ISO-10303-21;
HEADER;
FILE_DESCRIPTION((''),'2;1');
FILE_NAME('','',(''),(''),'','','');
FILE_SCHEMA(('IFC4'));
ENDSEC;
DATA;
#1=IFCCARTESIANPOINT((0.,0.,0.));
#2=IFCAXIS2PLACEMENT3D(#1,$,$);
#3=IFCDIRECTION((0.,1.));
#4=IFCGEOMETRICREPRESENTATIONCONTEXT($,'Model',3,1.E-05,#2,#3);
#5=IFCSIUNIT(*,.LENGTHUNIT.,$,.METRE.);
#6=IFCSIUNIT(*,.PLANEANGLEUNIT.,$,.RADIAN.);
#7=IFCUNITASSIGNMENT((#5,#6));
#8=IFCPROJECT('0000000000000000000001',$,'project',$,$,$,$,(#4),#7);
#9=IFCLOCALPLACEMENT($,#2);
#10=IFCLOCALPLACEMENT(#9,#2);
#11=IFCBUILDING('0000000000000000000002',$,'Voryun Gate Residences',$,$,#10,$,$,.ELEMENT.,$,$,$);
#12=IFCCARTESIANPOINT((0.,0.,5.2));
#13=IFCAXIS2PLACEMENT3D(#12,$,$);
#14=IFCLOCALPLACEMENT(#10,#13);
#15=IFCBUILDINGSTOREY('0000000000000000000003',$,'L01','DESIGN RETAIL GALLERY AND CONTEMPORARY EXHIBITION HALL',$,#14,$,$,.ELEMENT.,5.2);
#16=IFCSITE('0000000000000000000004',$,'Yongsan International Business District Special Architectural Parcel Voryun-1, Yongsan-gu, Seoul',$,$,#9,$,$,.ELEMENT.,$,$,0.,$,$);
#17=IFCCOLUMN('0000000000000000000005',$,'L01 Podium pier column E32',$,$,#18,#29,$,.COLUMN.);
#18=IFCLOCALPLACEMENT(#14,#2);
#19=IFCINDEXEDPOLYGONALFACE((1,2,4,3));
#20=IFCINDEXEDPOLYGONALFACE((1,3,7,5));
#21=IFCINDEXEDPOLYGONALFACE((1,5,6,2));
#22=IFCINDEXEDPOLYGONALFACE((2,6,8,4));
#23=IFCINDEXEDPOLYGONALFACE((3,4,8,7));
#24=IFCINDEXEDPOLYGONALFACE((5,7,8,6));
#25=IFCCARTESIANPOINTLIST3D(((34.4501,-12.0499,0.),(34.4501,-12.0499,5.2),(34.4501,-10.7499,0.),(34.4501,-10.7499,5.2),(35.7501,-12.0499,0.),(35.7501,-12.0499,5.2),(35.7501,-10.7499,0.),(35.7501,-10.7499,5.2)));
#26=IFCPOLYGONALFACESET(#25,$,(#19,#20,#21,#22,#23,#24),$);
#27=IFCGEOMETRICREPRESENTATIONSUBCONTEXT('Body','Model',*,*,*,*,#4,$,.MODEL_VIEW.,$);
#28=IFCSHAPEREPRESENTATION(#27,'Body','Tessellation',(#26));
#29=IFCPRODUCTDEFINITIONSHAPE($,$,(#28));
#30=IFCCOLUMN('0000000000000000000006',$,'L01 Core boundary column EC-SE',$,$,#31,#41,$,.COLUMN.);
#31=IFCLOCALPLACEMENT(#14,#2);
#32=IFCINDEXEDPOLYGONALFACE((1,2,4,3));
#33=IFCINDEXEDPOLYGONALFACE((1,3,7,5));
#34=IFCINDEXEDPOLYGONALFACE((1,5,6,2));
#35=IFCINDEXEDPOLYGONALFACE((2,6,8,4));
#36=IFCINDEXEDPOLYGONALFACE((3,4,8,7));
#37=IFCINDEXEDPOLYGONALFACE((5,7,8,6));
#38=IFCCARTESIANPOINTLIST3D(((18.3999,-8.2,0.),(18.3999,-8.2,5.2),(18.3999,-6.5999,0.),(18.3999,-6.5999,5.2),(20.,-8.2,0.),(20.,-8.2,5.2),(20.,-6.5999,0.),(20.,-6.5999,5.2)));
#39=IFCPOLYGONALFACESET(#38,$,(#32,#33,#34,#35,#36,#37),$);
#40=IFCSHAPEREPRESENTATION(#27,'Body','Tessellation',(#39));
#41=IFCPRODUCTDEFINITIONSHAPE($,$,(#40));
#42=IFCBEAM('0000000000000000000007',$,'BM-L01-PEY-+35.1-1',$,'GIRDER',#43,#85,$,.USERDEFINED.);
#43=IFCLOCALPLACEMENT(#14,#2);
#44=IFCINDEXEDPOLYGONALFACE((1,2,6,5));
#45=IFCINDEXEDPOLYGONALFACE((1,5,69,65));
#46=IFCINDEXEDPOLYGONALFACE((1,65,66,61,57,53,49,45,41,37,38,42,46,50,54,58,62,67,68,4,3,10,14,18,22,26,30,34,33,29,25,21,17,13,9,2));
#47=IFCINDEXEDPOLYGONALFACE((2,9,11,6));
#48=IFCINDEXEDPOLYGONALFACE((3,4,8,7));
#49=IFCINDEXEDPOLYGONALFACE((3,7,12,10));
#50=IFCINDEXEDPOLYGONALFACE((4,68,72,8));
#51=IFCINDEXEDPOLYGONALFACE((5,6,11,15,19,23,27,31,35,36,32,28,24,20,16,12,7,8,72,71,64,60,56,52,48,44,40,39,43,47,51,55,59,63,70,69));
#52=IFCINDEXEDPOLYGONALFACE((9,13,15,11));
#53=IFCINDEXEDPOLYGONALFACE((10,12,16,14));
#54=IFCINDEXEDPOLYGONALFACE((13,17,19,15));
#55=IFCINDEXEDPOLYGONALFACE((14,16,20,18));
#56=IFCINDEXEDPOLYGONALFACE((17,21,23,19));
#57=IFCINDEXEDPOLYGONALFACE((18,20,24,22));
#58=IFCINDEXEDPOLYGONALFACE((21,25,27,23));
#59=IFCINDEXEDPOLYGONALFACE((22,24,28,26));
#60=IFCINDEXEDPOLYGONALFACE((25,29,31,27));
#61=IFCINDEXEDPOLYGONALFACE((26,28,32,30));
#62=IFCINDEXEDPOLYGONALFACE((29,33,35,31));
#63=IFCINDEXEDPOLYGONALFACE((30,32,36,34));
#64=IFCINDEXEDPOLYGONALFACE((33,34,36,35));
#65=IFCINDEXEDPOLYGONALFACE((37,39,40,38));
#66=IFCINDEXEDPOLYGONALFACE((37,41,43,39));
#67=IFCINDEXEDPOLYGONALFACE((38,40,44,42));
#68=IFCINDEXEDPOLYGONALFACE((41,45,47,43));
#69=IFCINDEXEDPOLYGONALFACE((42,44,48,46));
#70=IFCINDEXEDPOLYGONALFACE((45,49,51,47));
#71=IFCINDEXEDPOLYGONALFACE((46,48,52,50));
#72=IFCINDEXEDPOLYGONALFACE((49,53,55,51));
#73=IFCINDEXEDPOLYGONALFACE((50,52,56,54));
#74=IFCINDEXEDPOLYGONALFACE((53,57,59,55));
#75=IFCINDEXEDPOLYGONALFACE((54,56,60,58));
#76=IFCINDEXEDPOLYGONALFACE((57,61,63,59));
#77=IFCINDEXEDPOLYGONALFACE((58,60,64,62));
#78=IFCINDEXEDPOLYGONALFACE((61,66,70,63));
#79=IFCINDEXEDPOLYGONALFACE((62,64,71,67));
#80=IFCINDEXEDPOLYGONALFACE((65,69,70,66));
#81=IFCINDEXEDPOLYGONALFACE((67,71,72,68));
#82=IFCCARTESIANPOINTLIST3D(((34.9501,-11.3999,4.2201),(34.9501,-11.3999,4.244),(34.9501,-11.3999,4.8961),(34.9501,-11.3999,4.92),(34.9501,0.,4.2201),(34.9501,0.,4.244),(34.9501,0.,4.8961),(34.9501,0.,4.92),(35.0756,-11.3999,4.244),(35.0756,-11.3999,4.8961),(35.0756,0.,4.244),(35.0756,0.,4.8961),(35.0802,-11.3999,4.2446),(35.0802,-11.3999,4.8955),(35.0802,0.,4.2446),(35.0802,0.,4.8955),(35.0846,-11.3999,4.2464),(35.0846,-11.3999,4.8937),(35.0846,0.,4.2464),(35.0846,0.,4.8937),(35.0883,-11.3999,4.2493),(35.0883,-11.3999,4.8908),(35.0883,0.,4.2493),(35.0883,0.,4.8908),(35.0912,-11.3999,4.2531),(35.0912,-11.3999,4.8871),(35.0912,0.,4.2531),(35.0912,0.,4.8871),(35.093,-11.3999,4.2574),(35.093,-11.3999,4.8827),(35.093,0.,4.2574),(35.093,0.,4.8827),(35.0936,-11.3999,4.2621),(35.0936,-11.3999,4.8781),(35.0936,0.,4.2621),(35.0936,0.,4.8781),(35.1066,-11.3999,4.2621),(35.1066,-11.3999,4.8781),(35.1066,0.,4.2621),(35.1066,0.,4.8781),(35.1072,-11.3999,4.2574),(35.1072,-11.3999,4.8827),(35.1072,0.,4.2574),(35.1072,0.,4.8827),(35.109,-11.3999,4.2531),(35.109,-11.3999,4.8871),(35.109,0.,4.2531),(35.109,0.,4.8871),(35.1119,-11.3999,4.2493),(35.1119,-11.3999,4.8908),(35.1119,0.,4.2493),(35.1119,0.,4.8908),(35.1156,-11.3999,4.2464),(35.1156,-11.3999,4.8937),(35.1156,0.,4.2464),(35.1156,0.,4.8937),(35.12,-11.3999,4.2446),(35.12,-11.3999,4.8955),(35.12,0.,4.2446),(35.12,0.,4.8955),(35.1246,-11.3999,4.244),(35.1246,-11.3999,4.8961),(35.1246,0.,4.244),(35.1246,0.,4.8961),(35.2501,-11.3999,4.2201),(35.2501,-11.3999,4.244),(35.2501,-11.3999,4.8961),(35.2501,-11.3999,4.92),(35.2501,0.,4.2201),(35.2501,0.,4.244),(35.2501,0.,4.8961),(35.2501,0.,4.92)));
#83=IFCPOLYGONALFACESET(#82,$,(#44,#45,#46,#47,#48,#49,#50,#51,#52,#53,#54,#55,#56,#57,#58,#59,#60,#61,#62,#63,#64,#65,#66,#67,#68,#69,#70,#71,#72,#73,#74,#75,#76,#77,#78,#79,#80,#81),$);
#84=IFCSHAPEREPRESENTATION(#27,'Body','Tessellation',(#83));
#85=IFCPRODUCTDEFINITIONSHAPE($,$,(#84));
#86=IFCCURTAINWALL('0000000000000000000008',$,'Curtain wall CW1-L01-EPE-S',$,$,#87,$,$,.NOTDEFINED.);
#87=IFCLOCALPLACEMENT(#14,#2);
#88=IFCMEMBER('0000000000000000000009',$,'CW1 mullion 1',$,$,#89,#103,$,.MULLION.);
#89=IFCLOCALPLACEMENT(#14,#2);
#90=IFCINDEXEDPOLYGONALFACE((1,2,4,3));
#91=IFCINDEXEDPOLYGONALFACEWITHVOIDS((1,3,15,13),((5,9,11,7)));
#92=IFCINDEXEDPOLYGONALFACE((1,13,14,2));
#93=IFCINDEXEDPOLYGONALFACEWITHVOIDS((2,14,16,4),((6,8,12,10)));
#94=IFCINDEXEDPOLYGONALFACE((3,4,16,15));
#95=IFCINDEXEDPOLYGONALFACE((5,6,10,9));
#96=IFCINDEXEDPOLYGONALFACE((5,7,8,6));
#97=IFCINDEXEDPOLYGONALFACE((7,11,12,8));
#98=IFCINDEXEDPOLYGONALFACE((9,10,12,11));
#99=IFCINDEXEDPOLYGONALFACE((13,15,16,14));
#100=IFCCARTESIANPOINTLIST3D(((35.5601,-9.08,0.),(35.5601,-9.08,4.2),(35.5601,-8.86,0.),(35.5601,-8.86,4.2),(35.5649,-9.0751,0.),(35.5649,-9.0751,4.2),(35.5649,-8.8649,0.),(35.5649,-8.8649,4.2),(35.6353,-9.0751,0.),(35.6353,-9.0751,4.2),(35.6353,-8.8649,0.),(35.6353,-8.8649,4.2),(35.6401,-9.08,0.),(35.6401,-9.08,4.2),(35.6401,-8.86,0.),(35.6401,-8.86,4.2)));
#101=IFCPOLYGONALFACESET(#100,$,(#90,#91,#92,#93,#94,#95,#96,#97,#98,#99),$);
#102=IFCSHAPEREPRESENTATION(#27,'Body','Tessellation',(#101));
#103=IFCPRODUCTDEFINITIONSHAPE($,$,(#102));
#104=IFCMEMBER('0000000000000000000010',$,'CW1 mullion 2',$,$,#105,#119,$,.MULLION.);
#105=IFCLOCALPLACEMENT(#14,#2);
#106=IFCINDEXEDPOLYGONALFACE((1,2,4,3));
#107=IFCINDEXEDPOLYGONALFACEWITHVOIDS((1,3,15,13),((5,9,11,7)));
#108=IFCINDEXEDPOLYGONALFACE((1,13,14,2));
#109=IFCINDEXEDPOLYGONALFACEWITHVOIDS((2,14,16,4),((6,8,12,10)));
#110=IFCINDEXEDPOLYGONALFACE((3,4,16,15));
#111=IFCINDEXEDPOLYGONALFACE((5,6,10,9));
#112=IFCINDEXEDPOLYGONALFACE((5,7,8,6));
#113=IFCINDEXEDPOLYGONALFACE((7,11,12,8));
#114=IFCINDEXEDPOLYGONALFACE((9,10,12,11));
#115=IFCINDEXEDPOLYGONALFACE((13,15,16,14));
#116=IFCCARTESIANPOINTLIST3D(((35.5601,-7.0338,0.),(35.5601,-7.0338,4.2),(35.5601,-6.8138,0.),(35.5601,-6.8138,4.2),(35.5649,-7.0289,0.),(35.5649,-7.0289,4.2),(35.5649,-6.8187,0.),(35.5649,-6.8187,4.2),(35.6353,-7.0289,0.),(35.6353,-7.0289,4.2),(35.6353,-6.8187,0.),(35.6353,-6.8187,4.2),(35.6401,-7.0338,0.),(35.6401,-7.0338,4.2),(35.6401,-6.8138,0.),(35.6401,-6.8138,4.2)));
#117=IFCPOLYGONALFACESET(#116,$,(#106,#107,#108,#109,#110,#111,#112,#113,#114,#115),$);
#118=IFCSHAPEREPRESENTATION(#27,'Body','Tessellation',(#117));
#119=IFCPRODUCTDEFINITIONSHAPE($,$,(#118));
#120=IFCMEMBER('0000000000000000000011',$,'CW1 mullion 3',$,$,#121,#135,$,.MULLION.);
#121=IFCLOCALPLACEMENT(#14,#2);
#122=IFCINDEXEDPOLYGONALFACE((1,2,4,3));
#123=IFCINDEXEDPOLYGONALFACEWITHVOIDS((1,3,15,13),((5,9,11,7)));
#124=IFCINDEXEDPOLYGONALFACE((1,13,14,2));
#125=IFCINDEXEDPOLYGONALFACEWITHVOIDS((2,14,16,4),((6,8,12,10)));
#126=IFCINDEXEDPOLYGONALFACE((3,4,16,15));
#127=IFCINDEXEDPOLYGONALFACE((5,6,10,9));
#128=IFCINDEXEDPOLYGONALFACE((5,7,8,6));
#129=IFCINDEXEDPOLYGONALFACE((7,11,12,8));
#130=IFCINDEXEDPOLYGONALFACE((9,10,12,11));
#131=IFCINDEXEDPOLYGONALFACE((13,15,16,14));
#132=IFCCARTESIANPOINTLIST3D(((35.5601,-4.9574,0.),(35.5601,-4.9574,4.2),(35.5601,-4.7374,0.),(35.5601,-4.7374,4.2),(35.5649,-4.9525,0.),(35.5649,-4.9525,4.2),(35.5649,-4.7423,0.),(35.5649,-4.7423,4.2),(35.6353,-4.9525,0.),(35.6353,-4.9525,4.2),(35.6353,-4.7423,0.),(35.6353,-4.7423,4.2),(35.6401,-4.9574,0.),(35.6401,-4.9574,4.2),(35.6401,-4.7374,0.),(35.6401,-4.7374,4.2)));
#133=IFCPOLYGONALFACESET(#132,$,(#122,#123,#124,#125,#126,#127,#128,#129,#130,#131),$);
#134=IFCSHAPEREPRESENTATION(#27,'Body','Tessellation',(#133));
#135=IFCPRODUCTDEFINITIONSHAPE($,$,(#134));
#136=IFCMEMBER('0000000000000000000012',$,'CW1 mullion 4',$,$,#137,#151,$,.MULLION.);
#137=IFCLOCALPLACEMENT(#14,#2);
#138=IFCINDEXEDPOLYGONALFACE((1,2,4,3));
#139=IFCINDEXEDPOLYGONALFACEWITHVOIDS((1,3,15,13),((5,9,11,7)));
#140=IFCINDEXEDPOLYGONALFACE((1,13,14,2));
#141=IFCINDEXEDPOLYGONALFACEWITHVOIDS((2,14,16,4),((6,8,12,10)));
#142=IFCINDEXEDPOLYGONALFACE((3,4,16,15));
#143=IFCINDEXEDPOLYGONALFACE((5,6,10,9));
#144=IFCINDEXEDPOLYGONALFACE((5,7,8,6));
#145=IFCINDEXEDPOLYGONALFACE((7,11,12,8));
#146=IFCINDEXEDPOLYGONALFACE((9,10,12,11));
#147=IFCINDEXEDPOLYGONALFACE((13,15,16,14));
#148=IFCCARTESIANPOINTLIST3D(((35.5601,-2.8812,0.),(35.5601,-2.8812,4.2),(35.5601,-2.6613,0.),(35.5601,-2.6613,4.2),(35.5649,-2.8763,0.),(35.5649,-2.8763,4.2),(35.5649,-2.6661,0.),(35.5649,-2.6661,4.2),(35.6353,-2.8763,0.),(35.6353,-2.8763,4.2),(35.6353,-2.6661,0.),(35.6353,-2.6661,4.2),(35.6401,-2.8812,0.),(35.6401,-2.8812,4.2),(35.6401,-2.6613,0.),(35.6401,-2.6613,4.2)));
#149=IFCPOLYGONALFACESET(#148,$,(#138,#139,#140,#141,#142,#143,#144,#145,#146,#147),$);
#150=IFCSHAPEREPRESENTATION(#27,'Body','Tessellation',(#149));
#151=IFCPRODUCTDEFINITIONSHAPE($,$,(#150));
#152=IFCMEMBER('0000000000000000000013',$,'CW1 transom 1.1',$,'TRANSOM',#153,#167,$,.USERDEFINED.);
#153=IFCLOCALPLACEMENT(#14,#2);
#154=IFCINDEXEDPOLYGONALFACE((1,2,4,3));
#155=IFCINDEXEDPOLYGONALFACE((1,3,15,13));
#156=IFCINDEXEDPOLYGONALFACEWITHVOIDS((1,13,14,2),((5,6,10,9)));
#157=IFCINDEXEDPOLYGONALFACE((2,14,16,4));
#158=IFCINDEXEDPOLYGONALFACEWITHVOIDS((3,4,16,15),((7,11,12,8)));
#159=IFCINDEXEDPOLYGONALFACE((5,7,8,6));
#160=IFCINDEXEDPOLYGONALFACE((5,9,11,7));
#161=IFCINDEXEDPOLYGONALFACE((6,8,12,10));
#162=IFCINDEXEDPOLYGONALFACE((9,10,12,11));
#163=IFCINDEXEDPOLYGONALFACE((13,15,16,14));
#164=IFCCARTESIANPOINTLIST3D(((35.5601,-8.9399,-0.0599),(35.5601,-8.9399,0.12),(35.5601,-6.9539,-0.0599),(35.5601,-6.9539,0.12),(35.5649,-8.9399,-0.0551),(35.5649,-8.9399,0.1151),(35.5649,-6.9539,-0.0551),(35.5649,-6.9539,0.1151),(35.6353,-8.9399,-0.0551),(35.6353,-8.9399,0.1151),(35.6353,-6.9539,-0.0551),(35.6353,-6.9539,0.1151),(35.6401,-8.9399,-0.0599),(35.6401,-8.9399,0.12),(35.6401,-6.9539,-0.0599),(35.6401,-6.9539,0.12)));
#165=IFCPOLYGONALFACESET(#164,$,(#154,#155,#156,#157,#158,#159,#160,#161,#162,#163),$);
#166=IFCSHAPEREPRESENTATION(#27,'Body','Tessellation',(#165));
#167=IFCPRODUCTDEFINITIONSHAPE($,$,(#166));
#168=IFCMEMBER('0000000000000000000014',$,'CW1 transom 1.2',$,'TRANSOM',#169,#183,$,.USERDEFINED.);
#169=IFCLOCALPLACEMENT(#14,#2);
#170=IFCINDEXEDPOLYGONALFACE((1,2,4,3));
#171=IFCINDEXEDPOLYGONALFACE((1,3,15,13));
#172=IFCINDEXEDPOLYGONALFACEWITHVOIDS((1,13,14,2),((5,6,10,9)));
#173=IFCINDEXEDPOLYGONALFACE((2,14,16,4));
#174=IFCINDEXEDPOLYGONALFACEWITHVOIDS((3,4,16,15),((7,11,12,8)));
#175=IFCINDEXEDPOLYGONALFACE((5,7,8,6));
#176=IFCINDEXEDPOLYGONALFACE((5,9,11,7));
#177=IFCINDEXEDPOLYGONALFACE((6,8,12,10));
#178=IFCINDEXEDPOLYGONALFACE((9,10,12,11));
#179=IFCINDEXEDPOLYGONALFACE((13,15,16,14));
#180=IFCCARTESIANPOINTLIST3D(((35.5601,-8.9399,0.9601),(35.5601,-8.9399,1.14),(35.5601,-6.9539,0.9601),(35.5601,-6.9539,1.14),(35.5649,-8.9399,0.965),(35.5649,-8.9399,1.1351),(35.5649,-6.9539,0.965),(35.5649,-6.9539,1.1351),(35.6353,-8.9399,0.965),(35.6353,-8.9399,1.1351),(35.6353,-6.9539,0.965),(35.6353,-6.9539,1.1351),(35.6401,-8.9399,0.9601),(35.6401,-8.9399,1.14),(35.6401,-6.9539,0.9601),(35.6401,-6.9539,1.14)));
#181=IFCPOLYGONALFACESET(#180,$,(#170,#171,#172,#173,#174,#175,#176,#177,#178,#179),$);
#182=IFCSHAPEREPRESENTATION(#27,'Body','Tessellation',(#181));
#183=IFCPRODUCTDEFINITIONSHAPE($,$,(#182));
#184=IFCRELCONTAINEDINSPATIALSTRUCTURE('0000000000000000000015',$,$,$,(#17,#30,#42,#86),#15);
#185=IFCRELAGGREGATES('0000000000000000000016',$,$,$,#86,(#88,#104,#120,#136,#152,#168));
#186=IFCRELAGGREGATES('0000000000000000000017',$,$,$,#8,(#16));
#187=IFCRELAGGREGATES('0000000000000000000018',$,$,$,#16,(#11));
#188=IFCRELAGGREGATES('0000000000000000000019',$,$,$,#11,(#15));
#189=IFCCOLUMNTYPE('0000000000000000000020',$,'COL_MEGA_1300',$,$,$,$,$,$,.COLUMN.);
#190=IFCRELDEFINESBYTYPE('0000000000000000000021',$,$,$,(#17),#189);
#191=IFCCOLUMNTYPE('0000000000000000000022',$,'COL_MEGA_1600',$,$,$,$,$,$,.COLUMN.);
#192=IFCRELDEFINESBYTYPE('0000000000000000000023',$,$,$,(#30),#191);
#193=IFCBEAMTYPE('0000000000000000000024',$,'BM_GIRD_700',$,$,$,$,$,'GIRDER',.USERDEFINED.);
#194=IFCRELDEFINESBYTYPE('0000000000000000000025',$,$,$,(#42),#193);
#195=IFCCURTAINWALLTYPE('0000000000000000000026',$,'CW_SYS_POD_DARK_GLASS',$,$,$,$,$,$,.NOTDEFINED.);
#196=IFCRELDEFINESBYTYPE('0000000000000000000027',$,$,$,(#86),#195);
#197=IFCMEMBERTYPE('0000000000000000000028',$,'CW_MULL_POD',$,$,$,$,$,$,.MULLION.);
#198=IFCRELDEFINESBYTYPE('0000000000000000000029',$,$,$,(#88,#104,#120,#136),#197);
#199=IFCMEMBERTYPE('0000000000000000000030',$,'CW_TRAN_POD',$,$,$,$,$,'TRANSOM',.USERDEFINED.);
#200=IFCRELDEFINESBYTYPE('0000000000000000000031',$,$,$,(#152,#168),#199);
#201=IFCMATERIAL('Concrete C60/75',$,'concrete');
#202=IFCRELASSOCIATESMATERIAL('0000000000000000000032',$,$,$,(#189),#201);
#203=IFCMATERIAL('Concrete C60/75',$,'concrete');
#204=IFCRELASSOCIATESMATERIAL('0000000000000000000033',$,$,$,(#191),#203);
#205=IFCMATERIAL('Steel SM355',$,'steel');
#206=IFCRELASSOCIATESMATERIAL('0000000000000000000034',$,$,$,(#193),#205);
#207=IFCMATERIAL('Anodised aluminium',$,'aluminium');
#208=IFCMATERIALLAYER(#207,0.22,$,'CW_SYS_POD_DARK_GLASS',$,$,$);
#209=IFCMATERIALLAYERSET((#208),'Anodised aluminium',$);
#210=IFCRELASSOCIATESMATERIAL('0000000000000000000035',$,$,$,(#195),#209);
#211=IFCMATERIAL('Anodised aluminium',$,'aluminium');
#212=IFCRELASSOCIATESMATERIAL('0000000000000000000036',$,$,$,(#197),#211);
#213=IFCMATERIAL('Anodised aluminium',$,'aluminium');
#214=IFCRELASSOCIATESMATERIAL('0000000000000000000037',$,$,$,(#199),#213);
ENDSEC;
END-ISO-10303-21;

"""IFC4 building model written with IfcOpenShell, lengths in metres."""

from ifc_helpers import new_model, si_unit, direction, frame, origin, origin_2d, place, context, subcontext, project, spatial, rectangle, hollow_rectangle, i_section, extrude, material, layer, layer_set, material_profile, profile_set, type_object, element, aggregate, save


model = new_model("IFC4")

# Units and contexts
model_context = context("Model", 3, precision=1e-05, world=origin(), true_north=direction((0.0, 1.0)))
body_context = subcontext(model_context, "Body", "Model", "MODEL_VIEW")
ifc_project = project(units=[si_unit("LENGTHUNIT", "METRE"), si_unit("PLANEANGLEUNIT", "RADIAN")], contexts=[model_context])

# Site, building, storey
site_placement = place(None, origin())
site = spatial("IfcSite", under=ifc_project, at=site_placement, Name="Yongsan International Business District Special Architectural Parcel Voryun-1, Yongsan-gu, Seoul", CompositionType="ELEMENT", RefElevation=0.0)
building_placement = place(site_placement, origin())
building = spatial("IfcBuilding", under=site, at=building_placement, Name="Voryun Gate Residences", CompositionType="ELEMENT")
storey_placement = place(building_placement, frame((0.0, 0.0, 5.2)))
storey = spatial("IfcBuildingStorey", under=building, at=storey_placement, Name="L01", Description="DESIGN RETAIL GALLERY AND CONTEMPORARY EXHIBITION HALL", CompositionType="ELEMENT", Elevation=5.2)

# Columns
ifc_material_1 = material(Name="Concrete C60/75", Category="concrete")
ifc_material_profile_1 = material_profile(ifc_material_1, rectangle(XDim=1.3, YDim=1.3, at=origin_2d()), Name="RC-1300x1300")
ifc_profile_set_1 = profile_set([ifc_material_profile_1], Name="Concrete C60/75")
column_type_1 = type_object("IfcColumnType", Name="COL_MEGA_1300", PredefinedType="COLUMN", material=ifc_profile_set_1)
column_1_placement = place(storey_placement, frame((35.1001, -11.3999, 0.0), z_axis=(0.0, 0.0, 1.0), x_axis=(1.0, 0.0, 0.0)))
element("IfcColumn", 1, at=column_1_placement, inside=storey, type_object=column_type_1, Name="L01 Podium pier column E32", PredefinedType="COLUMN", context=body_context, shape_type="SweptSolid", body=[
    extrude(rectangle(XDim=1.3, YDim=1.3, at=origin_2d()), origin(), (0.0, 0.0, 1.0), 5.2),
])
ifc_material_2 = material(Name="Concrete C60/75", Category="concrete")
ifc_material_profile_2 = material_profile(ifc_material_2, rectangle(XDim=1.6001, YDim=1.6001, at=origin_2d()), Name="RC-1600x1600")
ifc_profile_set_2 = profile_set([ifc_material_profile_2], Name="Concrete C60/75")
column_type_2 = type_object("IfcColumnType", Name="COL_MEGA_1600", PredefinedType="COLUMN", material=ifc_profile_set_2)
column_2_placement = place(storey_placement, frame((19.2, -7.3999, 0.0), z_axis=(0.0, 0.0, 1.0), x_axis=(1.0, 0.0, 0.0)))
element("IfcColumn", 2, at=column_2_placement, inside=storey, type_object=column_type_2, Name="L01 Core boundary column EC-SE", PredefinedType="COLUMN", context=body_context, shape_type="SweptSolid", body=[
    extrude(rectangle(XDim=1.6001, YDim=1.6001, at=origin_2d()), origin(), (0.0, 0.0, 1.0), 5.2),
])

# Beam
ifc_material_3 = material(Name="Steel SM355", Category="steel")
ifc_material_profile_3 = material_profile(ifc_material_3, i_section(OverallWidth=0.3, OverallDepth=0.7, WebThickness=0.0129, FlangeThickness=0.0239, FilletRadius=0.0181, at=origin_2d()), Name="H-700x300x13x24")
ifc_profile_set_3 = profile_set([ifc_material_profile_3], Name="Steel SM355")
beam_type = type_object("IfcBeamType", Name="BM_GIRD_700", ElementType="GIRDER", PredefinedType="USERDEFINED", material=ifc_profile_set_3)
beam_placement = place(storey_placement, frame((35.1001, -11.3999, 4.5701), z_axis=(0.0, 1.0, 0.0), x_axis=(-1.0, 0.0, 0.0)))
element("IfcBeam", 3, at=beam_placement, inside=storey, type_object=beam_type, Name="BM-L01-PEY-+35.1-1", ObjectType="GIRDER", PredefinedType="USERDEFINED", context=body_context, shape_type="SweptSolid", body=[
    extrude(i_section(OverallWidth=0.3, OverallDepth=0.7, WebThickness=0.0129, FlangeThickness=0.0239, FilletRadius=0.0181, at=origin_2d()), origin(), (0.0, 0.0, 1.0), 11.3999),
])

# Curtain wall, members
ifc_material_4 = material(Name="Anodised aluminium", Category="aluminium")
ifc_layer_1 = layer(ifc_material_4, 0.22, Name="CW_SYS_POD_DARK_GLASS")
ifc_layer_set_1 = layer_set([ifc_layer_1], Name="Anodised aluminium")
curtain_wall_type = type_object("IfcCurtainWallType", Name="CW_SYS_POD_DARK_GLASS", PredefinedType="NOTDEFINED", material=ifc_layer_set_1)
curtain_wall_placement = place(storey_placement, origin())
curtain_wall = element("IfcCurtainWall", 4, at=curtain_wall_placement, inside=storey, type_object=curtain_wall_type, Name="Curtain wall CW1-L01-EPE-S", PredefinedType="NOTDEFINED")
ifc_material_5 = material(Name="Anodised aluminium", Category="aluminium")
ifc_material_profile_4 = material_profile(ifc_material_5, hollow_rectangle(XDim=0.0801, YDim=0.22, WallThickness=0.0049, at=origin_2d()), Name="ALU-MULL-220x80x5")
ifc_profile_set_4 = profile_set([ifc_material_profile_4], Name="Anodised aluminium")
member_type_1 = type_object("IfcMemberType", Name="CW_MULL_POD", PredefinedType="MULLION", material=ifc_profile_set_4)
member_1_placement = place(storey_placement, frame((35.6001, -8.97, 0.0), z_axis=(0.0, 0.0, 1.0), x_axis=(-1.0, 0.0, 0.0)))
member_1 = element("IfcMember", 5, at=member_1_placement, type_object=member_type_1, Name="CW1 mullion 1", PredefinedType="MULLION", context=body_context, shape_type="SweptSolid", body=[
    extrude(hollow_rectangle(XDim=0.0801, YDim=0.22, WallThickness=0.0049, at=origin_2d()), origin(), (0.0, 0.0, 1.0), 4.2),
])
member_2_placement = place(storey_placement, frame((35.6001, -6.9238, 0.0), z_axis=(0.0, 0.0, 1.0), x_axis=(-1.0, 0.0, 0.0)))
member_2 = element("IfcMember", 6, at=member_2_placement, type_object=member_type_1, Name="CW1 mullion 2", PredefinedType="MULLION", context=body_context, shape_type="SweptSolid", body=[
    extrude(hollow_rectangle(XDim=0.0801, YDim=0.22, WallThickness=0.0049, at=origin_2d()), origin(), (0.0, 0.0, 1.0), 4.2),
])
member_3_placement = place(storey_placement, frame((35.6001, -4.8474, 0.0), z_axis=(0.0, 0.0, 1.0), x_axis=(-1.0, 0.0, 0.0)))
member_3 = element("IfcMember", 7, at=member_3_placement, type_object=member_type_1, Name="CW1 mullion 3", PredefinedType="MULLION", context=body_context, shape_type="SweptSolid", body=[
    extrude(hollow_rectangle(XDim=0.0801, YDim=0.22, WallThickness=0.0049, at=origin_2d()), origin(), (0.0, 0.0, 1.0), 4.2),
])
member_4_placement = place(storey_placement, frame((35.6001, -2.7712, 0.0), z_axis=(0.0, 0.0, 1.0), x_axis=(-1.0, 0.0, 0.0)))
member_4 = element("IfcMember", 8, at=member_4_placement, type_object=member_type_1, Name="CW1 mullion 4", PredefinedType="MULLION", context=body_context, shape_type="SweptSolid", body=[
    extrude(hollow_rectangle(XDim=0.0801, YDim=0.22, WallThickness=0.0049, at=origin_2d()), origin(), (0.0, 0.0, 1.0), 4.2),
])
ifc_material_6 = material(Name="Anodised aluminium", Category="aluminium")
ifc_material_profile_5 = material_profile(ifc_material_6, hollow_rectangle(XDim=0.0801, YDim=0.1799, WallThickness=0.0049, at=origin_2d()), Name="ALU-TRAN-180x80x5")
ifc_profile_set_5 = profile_set([ifc_material_profile_5], Name="Anodised aluminium")
member_type_2 = type_object("IfcMemberType", Name="CW_TRAN_POD", ElementType="TRANSOM", PredefinedType="USERDEFINED", material=ifc_profile_set_5)
member_5_placement = place(storey_placement, frame((35.6001, -8.9399, 0.03), z_axis=(0.0, 1.0, 0.0), x_axis=(-1.0, 0.0, 0.0)))
member_5 = element("IfcMember", 9, at=member_5_placement, type_object=member_type_2, Name="CW1 transom 1.1", ObjectType="TRANSOM", PredefinedType="USERDEFINED", context=body_context, shape_type="SweptSolid", body=[
    extrude(hollow_rectangle(XDim=0.0801, YDim=0.1799, WallThickness=0.0049, at=origin_2d()), origin(), (0.0, 0.0, 1.0), 1.9861),
])
member_6_placement = place(storey_placement, frame((35.6001, -8.9399, 1.05), z_axis=(0.0, 1.0, 0.0), x_axis=(-1.0, 0.0, 0.0)))
member_6 = element("IfcMember", 10, at=member_6_placement, type_object=member_type_2, Name="CW1 transom 1.2", ObjectType="TRANSOM", PredefinedType="USERDEFINED", context=body_context, shape_type="SweptSolid", body=[
    extrude(hollow_rectangle(XDim=0.0801, YDim=0.1799, WallThickness=0.0049, at=origin_2d()), origin(), (0.0, 0.0, 1.0), 1.9861),
])
aggregate(curtain_wall, [member_1, member_2, member_3, member_4, member_5, member_6])

save(model, "model.ifc")
